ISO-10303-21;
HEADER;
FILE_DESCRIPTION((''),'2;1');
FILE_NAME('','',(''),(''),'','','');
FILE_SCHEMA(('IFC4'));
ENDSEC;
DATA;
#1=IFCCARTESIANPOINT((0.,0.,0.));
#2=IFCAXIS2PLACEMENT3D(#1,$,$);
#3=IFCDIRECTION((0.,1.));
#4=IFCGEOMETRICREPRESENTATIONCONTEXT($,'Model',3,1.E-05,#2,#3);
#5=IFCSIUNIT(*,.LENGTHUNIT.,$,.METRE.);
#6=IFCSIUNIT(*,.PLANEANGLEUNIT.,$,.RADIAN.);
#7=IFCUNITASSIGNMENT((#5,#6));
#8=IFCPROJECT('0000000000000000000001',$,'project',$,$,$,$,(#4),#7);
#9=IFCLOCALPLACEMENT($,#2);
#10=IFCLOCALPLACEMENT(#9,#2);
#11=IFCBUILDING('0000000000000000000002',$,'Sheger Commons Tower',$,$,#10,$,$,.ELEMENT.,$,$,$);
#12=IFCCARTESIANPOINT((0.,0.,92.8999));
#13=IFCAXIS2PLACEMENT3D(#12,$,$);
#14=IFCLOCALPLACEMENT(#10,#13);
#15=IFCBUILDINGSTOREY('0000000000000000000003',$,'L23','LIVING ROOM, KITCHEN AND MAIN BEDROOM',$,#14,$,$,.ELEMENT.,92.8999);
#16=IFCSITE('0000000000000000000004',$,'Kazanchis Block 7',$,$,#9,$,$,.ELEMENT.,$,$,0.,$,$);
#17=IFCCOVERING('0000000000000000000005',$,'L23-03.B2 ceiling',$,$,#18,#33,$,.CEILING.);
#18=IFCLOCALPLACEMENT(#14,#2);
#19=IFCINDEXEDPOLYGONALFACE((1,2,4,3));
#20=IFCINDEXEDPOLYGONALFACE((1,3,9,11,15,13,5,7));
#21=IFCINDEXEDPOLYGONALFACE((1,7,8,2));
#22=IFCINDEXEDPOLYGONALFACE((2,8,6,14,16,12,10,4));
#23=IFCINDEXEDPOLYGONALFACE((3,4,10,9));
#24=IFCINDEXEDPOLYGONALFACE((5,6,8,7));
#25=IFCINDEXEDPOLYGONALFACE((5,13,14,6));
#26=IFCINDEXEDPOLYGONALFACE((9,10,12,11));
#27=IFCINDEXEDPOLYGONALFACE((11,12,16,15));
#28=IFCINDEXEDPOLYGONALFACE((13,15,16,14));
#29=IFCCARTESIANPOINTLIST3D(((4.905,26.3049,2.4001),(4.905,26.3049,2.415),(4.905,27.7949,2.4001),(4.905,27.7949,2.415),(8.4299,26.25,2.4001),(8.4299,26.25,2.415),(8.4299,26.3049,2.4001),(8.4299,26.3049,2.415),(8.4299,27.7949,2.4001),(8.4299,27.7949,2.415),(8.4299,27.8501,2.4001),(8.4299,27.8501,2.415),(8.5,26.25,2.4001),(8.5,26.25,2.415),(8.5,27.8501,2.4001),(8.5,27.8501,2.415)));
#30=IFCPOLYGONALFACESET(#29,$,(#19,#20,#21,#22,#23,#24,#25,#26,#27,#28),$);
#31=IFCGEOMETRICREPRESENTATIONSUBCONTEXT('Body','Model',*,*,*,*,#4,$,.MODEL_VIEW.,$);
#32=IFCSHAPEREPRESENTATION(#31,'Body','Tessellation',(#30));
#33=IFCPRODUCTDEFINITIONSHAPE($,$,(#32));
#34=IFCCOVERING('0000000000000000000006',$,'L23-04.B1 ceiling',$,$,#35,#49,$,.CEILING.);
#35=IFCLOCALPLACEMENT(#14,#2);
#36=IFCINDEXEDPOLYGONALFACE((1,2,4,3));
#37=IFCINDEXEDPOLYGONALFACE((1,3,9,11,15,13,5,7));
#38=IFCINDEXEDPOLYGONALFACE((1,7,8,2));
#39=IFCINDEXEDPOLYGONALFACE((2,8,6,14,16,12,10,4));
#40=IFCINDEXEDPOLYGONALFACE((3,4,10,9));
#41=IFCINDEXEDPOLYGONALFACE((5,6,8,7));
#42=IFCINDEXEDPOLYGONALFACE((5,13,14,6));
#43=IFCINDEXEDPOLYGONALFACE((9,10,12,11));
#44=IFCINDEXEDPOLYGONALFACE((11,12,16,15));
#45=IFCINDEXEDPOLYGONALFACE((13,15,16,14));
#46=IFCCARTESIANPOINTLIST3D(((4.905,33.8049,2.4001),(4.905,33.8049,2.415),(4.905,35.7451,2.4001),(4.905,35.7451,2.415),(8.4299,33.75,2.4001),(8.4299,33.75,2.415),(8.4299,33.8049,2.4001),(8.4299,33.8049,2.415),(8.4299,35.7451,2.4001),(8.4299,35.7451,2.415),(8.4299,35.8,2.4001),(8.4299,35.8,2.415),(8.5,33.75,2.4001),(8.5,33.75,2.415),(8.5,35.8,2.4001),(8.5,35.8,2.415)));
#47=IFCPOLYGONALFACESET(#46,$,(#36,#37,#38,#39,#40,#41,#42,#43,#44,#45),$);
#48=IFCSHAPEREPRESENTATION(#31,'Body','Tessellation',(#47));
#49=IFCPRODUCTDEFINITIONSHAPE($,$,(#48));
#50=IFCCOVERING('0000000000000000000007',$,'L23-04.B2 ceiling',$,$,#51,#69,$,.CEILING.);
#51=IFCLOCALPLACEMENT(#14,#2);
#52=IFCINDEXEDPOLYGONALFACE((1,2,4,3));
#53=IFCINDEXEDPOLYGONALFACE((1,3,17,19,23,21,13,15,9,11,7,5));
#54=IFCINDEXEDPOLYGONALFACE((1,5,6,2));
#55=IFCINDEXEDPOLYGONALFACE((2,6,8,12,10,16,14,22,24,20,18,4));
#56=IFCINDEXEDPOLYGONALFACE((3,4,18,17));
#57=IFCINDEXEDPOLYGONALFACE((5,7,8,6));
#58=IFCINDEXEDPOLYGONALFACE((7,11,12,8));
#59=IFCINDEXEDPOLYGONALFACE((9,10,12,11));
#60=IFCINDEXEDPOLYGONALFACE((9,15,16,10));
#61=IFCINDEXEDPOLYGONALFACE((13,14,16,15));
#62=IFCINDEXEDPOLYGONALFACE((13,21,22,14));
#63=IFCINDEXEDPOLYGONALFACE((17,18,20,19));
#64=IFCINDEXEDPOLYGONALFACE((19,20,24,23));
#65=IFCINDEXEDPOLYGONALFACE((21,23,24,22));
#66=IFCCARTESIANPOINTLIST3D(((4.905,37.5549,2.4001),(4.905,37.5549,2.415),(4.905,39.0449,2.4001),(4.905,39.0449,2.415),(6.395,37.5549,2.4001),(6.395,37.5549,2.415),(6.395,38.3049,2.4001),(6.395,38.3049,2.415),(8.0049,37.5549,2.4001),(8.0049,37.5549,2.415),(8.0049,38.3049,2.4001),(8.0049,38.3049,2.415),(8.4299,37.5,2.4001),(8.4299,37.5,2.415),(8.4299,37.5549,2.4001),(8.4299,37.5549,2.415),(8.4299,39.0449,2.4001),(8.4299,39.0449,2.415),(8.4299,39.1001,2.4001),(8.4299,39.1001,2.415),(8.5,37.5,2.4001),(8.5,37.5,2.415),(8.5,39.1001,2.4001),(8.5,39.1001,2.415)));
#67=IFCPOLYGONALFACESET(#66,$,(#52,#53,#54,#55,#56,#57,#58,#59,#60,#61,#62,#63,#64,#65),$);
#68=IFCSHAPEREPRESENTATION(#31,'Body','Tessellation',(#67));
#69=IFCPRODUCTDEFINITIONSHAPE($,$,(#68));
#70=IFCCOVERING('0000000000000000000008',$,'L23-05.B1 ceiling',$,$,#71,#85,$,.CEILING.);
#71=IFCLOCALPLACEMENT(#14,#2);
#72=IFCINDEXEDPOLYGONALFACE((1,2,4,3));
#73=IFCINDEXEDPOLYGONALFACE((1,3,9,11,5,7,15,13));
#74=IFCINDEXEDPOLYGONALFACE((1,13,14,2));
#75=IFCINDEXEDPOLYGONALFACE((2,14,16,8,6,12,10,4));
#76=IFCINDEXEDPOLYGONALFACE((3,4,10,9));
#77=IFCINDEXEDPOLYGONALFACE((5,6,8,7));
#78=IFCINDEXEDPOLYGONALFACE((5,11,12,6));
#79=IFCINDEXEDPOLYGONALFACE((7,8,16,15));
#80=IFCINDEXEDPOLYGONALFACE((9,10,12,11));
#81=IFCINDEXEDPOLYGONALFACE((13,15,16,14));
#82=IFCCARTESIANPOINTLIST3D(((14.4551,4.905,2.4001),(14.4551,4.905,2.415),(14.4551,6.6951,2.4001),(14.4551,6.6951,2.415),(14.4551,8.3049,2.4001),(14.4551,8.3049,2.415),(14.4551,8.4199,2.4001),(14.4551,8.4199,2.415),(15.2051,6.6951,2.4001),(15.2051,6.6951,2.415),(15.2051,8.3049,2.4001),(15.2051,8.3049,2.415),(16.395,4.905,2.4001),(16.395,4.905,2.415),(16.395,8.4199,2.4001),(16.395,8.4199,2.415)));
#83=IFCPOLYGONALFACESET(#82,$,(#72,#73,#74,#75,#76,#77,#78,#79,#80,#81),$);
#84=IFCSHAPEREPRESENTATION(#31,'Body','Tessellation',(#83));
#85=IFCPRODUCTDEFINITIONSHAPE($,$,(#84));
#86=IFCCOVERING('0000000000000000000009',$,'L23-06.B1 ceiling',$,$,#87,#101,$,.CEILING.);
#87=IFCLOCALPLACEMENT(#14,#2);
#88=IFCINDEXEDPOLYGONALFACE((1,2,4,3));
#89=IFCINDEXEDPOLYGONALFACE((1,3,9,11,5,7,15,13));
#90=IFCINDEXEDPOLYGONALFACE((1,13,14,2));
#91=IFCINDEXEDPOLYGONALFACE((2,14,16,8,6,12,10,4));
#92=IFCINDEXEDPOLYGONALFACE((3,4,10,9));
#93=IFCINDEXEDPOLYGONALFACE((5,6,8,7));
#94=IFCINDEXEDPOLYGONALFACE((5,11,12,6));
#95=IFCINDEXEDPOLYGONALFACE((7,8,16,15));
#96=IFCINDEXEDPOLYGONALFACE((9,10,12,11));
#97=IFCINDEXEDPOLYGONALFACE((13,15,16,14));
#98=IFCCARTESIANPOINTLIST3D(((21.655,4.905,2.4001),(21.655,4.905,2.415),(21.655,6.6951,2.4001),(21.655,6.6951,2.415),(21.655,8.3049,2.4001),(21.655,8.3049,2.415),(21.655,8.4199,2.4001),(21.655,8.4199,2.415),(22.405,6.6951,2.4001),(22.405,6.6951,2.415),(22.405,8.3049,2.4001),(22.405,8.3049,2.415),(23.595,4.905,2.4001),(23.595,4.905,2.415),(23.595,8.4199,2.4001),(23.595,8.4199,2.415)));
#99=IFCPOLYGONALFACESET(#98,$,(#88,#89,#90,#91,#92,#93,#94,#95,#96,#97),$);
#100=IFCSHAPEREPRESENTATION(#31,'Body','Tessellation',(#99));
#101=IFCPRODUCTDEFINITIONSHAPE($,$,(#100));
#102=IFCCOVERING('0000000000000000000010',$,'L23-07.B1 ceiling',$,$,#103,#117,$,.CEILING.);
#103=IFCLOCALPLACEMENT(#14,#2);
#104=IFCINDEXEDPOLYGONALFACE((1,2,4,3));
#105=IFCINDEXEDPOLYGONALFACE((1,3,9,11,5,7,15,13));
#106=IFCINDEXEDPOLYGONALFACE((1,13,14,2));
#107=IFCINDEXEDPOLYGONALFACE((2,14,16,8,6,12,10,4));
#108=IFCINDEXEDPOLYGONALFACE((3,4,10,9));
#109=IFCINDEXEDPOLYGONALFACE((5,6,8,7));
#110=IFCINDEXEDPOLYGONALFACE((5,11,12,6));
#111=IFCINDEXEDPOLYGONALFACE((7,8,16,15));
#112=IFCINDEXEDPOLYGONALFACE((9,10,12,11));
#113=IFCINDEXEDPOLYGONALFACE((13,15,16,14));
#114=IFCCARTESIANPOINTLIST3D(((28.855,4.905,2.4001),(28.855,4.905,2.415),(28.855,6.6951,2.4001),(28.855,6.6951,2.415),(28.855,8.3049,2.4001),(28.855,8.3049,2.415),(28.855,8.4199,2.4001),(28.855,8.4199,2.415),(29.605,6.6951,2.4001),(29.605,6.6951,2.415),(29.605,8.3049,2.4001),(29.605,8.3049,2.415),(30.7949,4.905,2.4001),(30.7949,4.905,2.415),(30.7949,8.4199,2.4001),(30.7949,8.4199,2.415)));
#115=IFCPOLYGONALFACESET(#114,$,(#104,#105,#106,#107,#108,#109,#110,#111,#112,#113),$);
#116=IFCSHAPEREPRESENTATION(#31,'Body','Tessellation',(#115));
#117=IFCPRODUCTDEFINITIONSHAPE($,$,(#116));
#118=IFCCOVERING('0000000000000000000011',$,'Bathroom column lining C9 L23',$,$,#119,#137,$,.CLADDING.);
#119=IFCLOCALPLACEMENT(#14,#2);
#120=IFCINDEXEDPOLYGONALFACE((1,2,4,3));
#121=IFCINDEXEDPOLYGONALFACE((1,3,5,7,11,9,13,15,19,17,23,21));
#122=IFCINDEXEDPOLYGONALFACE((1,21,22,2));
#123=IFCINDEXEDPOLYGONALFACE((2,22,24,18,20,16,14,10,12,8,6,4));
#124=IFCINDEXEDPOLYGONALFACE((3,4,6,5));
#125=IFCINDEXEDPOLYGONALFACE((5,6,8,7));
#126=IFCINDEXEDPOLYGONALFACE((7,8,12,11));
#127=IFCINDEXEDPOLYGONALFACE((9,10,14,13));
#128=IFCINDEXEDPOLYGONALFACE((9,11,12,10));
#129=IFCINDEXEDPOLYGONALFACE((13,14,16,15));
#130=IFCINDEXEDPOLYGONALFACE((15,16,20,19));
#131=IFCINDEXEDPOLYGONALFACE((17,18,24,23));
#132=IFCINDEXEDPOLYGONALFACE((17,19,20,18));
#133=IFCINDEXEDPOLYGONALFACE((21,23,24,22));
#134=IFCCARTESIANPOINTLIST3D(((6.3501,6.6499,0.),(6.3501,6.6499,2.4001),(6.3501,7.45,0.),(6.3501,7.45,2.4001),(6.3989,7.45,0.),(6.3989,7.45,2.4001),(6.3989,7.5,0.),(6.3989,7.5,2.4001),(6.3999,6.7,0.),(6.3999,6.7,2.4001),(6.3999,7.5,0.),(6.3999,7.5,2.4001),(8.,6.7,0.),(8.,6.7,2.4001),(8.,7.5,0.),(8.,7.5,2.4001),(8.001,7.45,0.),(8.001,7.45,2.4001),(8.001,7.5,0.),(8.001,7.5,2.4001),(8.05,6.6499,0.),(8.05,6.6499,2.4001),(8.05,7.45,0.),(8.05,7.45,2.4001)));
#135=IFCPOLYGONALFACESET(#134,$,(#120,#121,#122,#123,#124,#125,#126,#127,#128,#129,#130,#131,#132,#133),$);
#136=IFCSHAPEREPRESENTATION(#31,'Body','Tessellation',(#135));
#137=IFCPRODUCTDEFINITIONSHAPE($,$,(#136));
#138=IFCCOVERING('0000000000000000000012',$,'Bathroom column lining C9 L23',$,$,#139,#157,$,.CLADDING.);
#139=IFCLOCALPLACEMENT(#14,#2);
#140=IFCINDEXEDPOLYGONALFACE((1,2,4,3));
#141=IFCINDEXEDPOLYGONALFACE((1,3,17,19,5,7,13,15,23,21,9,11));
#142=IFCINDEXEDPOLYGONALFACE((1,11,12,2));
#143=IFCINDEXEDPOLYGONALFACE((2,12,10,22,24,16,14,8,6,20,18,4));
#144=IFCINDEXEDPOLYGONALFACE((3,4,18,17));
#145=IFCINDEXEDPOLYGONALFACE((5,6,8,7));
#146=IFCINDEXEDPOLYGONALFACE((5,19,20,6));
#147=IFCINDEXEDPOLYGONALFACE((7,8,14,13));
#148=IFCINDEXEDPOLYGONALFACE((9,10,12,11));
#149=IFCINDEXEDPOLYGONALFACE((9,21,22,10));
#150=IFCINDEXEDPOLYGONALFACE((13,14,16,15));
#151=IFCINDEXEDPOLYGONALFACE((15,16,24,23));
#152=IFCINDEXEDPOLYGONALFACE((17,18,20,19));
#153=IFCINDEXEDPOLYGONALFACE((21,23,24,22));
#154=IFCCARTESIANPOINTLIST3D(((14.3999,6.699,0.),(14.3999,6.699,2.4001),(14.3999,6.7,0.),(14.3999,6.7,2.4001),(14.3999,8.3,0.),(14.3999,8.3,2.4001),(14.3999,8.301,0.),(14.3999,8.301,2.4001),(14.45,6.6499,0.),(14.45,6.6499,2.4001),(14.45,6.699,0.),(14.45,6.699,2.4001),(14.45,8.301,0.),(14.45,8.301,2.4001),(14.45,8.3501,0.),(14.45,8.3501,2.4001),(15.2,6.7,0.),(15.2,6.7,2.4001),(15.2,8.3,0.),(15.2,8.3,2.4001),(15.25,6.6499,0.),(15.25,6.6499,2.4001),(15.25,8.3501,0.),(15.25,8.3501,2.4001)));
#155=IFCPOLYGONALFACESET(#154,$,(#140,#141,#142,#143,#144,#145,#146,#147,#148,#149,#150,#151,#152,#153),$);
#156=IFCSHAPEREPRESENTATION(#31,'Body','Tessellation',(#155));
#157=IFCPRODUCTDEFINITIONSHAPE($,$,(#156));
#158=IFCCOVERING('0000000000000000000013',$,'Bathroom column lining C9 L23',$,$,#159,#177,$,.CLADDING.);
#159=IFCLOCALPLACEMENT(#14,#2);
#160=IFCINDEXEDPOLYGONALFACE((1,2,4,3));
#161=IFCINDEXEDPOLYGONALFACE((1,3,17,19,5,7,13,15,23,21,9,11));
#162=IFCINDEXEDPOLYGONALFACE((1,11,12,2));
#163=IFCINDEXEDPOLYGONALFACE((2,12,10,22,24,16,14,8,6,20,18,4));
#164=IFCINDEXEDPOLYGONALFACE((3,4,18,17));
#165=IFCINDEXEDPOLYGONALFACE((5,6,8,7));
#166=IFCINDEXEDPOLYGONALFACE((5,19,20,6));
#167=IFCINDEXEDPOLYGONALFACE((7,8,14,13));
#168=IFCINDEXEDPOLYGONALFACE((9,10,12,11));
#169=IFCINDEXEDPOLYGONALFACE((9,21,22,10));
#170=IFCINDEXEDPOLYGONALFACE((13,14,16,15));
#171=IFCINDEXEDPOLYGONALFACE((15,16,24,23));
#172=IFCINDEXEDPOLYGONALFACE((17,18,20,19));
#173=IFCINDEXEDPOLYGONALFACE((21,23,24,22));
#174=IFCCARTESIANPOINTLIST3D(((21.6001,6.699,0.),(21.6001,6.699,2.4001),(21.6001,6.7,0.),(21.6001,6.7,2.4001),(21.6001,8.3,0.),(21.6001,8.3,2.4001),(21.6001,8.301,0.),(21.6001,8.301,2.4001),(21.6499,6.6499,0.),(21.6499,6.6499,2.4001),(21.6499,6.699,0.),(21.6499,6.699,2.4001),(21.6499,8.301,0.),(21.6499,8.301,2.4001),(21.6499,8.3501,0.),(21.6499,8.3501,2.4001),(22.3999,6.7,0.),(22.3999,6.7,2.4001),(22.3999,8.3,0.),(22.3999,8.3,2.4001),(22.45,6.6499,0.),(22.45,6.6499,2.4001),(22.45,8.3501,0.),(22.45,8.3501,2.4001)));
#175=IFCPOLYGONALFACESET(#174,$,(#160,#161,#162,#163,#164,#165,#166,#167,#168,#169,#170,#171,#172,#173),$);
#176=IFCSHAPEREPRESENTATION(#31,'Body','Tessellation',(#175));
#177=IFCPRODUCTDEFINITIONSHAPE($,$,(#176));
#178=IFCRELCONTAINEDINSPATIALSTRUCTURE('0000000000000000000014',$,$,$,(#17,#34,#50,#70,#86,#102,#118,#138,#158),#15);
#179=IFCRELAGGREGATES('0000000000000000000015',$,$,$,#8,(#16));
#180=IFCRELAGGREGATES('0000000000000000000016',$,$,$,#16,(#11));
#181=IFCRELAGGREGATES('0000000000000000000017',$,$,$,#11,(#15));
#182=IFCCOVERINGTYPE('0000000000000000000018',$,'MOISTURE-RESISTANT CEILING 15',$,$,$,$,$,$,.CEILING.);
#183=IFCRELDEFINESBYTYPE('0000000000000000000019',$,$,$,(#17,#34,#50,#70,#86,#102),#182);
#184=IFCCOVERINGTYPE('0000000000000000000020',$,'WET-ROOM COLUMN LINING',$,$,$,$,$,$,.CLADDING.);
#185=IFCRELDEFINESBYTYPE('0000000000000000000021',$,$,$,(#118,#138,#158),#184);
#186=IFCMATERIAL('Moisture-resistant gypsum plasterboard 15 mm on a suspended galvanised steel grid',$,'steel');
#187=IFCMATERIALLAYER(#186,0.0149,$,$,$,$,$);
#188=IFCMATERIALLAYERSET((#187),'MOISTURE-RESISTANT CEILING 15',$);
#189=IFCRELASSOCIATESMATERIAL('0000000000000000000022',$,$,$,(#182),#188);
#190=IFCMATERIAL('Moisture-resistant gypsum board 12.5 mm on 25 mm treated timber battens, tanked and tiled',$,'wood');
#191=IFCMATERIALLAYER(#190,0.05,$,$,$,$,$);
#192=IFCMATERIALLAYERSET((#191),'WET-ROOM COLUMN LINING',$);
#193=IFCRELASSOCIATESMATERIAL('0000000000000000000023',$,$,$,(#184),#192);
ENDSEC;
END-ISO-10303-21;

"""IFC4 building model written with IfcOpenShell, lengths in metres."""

from ifc_helpers import new_model, si_unit, direction, frame, origin, place, context, subcontext, project, spatial, polyline, outline, extrude, material, layer, layer_set, type_object, element, save


model = new_model("IFC4")

# Units and contexts
model_context = context("Model", 3, precision=1e-05, world=origin(), true_north=direction((0.0, 1.0)))
body_context = subcontext(model_context, "Body", "Model", "MODEL_VIEW")
ifc_project = project(units=[si_unit("LENGTHUNIT", "METRE"), si_unit("PLANEANGLEUNIT", "RADIAN")], contexts=[model_context])

# Site, building, storey
site_placement = place(None, origin())
site = spatial("IfcSite", under=ifc_project, at=site_placement, Name="Kazanchis Block 7", CompositionType="ELEMENT", RefElevation=0.0)
building_placement = place(site_placement, origin())
building = spatial("IfcBuilding", under=site, at=building_placement, Name="Sheger Commons Tower", CompositionType="ELEMENT")
storey_placement = place(building_placement, frame((0.0, 0.0, 92.8999)))
storey = spatial("IfcBuildingStorey", under=building, at=storey_placement, Name="L23", Description="LIVING ROOM, KITCHEN AND MAIN BEDROOM", CompositionType="ELEMENT", Elevation=92.8999)

# Coverings
ifc_material_1 = material(Name="Moisture-resistant gypsum plasterboard 15 mm on a suspended galvanised steel grid", Category="steel")
ifc_layer_1 = layer(ifc_material_1, 0.0149)
ifc_layer_set_1 = layer_set([ifc_layer_1], Name="MOISTURE-RESISTANT CEILING 15")
covering_type_1 = type_object("IfcCoveringType", Name="MOISTURE-RESISTANT CEILING 15", PredefinedType="CEILING", material=ifc_layer_set_1)
covering_1_placement = place(storey_placement, frame((0.0, 0.0, 2.4001)))
element("IfcCovering", 1, at=covering_1_placement, inside=storey, type_object=covering_type_1, Name="L23-03.B2 ceiling", PredefinedType="CEILING", context=body_context, shape_type="SweptSolid", body=[
    extrude(outline(polyline([(8.4299, 26.25), (8.5, 26.25), (8.5, 27.8501), (8.4299, 27.8501), (8.4299, 27.7949), (4.905, 27.7949), (4.905, 26.3049), (8.4299, 26.3049), (8.4299, 26.25)])), origin(), (0.0, 0.0, 1.0), 0.0149),
])
covering_2_placement = place(storey_placement, frame((0.0, 0.0, 2.4001)))
element("IfcCovering", 2, at=covering_2_placement, inside=storey, type_object=covering_type_1, Name="L23-04.B1 ceiling", PredefinedType="CEILING", context=body_context, shape_type="SweptSolid", body=[
    extrude(outline(polyline([(8.4299, 33.75), (8.5, 33.75), (8.5, 35.8), (8.4299, 35.8), (8.4299, 35.7451), (4.905, 35.7451), (4.905, 33.8049), (8.4299, 33.8049), (8.4299, 33.75)])), origin(), (0.0, 0.0, 1.0), 0.0149),
])
covering_3_placement = place(storey_placement, frame((0.0, 0.0, 2.4001)))
element("IfcCovering", 3, at=covering_3_placement, inside=storey, type_object=covering_type_1, Name="L23-04.B2 ceiling", PredefinedType="CEILING", context=body_context, shape_type="SweptSolid", body=[
    extrude(outline(polyline([(8.4299, 37.5), (8.5, 37.5), (8.5, 39.1001), (8.4299, 39.1001), (8.4299, 39.0449), (4.905, 39.0449), (4.905, 37.5549), (6.395, 37.5549), (6.395, 38.3049), (8.0049, 38.3049), (8.0049, 37.5549), (8.4299, 37.5549), (8.4299, 37.5)])), origin(), (0.0, 0.0, 1.0), 0.0149),
])
covering_4_placement = place(storey_placement, frame((0.0, 0.0, 2.4001)))
element("IfcCovering", 4, at=covering_4_placement, inside=storey, type_object=covering_type_1, Name="L23-05.B1 ceiling", PredefinedType="CEILING", context=body_context, shape_type="SweptSolid", body=[
    extrude(outline(polyline([(14.4551, 4.905), (16.395, 4.905), (16.395, 8.4199), (14.4551, 8.4199), (14.4551, 8.3049), (15.2051, 8.3049), (15.2051, 6.6951), (14.4551, 6.6951), (14.4551, 4.905)])), origin(), (0.0, 0.0, 1.0), 0.0149),
])
covering_5_placement = place(storey_placement, frame((0.0, 0.0, 2.4001)))
element("IfcCovering", 5, at=covering_5_placement, inside=storey, type_object=covering_type_1, Name="L23-06.B1 ceiling", PredefinedType="CEILING", context=body_context, shape_type="SweptSolid", body=[
    extrude(outline(polyline([(21.655, 4.905), (23.595, 4.905), (23.595, 8.4199), (21.655, 8.4199), (21.655, 8.3049), (22.405, 8.3049), (22.405, 6.6951), (21.655, 6.6951), (21.655, 4.905)])), origin(), (0.0, 0.0, 1.0), 0.0149),
])
covering_6_placement = place(storey_placement, frame((0.0, 0.0, 2.4001)))
element("IfcCovering", 6, at=covering_6_placement, inside=storey, type_object=covering_type_1, Name="L23-07.B1 ceiling", PredefinedType="CEILING", context=body_context, shape_type="SweptSolid", body=[
    extrude(outline(polyline([(28.855, 4.905), (30.7949, 4.905), (30.7949, 8.4199), (28.855, 8.4199), (28.855, 8.3049), (29.605, 8.3049), (29.605, 6.6951), (28.855, 6.6951), (28.855, 4.905)])), origin(), (0.0, 0.0, 1.0), 0.0149),
])
ifc_material_2 = material(Name="Moisture-resistant gypsum board 12.5 mm on 25 mm treated timber battens, tanked and tiled", Category="wood")
ifc_layer_2 = layer(ifc_material_2, 0.05)
ifc_layer_set_2 = layer_set([ifc_layer_2], Name="WET-ROOM COLUMN LINING")
covering_type_2 = type_object("IfcCoveringType", Name="WET-ROOM COLUMN LINING", PredefinedType="CLADDING", material=ifc_layer_set_2)
covering_7_placement = place(storey_placement, origin())
element("IfcCovering", 7, at=covering_7_placement, inside=storey, type_object=covering_type_2, Name="Bathroom column lining C9 L23", PredefinedType="CLADDING", context=body_context, shape_type="SweptSolid", body=[
    extrude(outline(polyline([(6.3999, 7.5), (6.3999, 6.7), (8.0, 6.7), (8.0, 7.5), (8.001, 7.5), (8.001, 7.45), (8.05, 7.45), (8.05, 6.6499), (6.3501, 6.6499), (6.3501, 7.45), (6.3989, 7.45), (6.3989, 7.5), (6.3999, 7.5)])), origin(), (0.0, 0.0, 1.0), 2.4001),
])
covering_8_placement = place(storey_placement, origin())
element("IfcCovering", 8, at=covering_8_placement, inside=storey, type_object=covering_type_2, Name="Bathroom column lining C9 L23", PredefinedType="CLADDING", context=body_context, shape_type="SweptSolid", body=[
    extrude(outline(polyline([(15.25, 6.6499), (14.45, 6.6499), (14.45, 6.699), (14.3999, 6.699), (14.3999, 6.7), (15.2, 6.7), (15.2, 8.3), (14.3999, 8.3), (14.3999, 8.301), (14.45, 8.301), (14.45, 8.3501), (15.25, 8.3501), (15.25, 6.6499)])), origin(), (0.0, 0.0, 1.0), 2.4001),
])
covering_9_placement = place(storey_placement, origin())
element("IfcCovering", 9, at=covering_9_placement, inside=storey, type_object=covering_type_2, Name="Bathroom column lining C9 L23", PredefinedType="CLADDING", context=body_context, shape_type="SweptSolid", body=[
    extrude(outline(polyline([(22.45, 6.6499), (21.6499, 6.6499), (21.6499, 6.699), (21.6001, 6.699), (21.6001, 6.7), (22.3999, 6.7), (22.3999, 8.3), (21.6001, 8.3), (21.6001, 8.301), (21.6499, 8.301), (21.6499, 8.3501), (22.45, 8.3501), (22.45, 6.6499)])), origin(), (0.0, 0.0, 1.0), 2.4001),
])

save(model, "model.ifc")
